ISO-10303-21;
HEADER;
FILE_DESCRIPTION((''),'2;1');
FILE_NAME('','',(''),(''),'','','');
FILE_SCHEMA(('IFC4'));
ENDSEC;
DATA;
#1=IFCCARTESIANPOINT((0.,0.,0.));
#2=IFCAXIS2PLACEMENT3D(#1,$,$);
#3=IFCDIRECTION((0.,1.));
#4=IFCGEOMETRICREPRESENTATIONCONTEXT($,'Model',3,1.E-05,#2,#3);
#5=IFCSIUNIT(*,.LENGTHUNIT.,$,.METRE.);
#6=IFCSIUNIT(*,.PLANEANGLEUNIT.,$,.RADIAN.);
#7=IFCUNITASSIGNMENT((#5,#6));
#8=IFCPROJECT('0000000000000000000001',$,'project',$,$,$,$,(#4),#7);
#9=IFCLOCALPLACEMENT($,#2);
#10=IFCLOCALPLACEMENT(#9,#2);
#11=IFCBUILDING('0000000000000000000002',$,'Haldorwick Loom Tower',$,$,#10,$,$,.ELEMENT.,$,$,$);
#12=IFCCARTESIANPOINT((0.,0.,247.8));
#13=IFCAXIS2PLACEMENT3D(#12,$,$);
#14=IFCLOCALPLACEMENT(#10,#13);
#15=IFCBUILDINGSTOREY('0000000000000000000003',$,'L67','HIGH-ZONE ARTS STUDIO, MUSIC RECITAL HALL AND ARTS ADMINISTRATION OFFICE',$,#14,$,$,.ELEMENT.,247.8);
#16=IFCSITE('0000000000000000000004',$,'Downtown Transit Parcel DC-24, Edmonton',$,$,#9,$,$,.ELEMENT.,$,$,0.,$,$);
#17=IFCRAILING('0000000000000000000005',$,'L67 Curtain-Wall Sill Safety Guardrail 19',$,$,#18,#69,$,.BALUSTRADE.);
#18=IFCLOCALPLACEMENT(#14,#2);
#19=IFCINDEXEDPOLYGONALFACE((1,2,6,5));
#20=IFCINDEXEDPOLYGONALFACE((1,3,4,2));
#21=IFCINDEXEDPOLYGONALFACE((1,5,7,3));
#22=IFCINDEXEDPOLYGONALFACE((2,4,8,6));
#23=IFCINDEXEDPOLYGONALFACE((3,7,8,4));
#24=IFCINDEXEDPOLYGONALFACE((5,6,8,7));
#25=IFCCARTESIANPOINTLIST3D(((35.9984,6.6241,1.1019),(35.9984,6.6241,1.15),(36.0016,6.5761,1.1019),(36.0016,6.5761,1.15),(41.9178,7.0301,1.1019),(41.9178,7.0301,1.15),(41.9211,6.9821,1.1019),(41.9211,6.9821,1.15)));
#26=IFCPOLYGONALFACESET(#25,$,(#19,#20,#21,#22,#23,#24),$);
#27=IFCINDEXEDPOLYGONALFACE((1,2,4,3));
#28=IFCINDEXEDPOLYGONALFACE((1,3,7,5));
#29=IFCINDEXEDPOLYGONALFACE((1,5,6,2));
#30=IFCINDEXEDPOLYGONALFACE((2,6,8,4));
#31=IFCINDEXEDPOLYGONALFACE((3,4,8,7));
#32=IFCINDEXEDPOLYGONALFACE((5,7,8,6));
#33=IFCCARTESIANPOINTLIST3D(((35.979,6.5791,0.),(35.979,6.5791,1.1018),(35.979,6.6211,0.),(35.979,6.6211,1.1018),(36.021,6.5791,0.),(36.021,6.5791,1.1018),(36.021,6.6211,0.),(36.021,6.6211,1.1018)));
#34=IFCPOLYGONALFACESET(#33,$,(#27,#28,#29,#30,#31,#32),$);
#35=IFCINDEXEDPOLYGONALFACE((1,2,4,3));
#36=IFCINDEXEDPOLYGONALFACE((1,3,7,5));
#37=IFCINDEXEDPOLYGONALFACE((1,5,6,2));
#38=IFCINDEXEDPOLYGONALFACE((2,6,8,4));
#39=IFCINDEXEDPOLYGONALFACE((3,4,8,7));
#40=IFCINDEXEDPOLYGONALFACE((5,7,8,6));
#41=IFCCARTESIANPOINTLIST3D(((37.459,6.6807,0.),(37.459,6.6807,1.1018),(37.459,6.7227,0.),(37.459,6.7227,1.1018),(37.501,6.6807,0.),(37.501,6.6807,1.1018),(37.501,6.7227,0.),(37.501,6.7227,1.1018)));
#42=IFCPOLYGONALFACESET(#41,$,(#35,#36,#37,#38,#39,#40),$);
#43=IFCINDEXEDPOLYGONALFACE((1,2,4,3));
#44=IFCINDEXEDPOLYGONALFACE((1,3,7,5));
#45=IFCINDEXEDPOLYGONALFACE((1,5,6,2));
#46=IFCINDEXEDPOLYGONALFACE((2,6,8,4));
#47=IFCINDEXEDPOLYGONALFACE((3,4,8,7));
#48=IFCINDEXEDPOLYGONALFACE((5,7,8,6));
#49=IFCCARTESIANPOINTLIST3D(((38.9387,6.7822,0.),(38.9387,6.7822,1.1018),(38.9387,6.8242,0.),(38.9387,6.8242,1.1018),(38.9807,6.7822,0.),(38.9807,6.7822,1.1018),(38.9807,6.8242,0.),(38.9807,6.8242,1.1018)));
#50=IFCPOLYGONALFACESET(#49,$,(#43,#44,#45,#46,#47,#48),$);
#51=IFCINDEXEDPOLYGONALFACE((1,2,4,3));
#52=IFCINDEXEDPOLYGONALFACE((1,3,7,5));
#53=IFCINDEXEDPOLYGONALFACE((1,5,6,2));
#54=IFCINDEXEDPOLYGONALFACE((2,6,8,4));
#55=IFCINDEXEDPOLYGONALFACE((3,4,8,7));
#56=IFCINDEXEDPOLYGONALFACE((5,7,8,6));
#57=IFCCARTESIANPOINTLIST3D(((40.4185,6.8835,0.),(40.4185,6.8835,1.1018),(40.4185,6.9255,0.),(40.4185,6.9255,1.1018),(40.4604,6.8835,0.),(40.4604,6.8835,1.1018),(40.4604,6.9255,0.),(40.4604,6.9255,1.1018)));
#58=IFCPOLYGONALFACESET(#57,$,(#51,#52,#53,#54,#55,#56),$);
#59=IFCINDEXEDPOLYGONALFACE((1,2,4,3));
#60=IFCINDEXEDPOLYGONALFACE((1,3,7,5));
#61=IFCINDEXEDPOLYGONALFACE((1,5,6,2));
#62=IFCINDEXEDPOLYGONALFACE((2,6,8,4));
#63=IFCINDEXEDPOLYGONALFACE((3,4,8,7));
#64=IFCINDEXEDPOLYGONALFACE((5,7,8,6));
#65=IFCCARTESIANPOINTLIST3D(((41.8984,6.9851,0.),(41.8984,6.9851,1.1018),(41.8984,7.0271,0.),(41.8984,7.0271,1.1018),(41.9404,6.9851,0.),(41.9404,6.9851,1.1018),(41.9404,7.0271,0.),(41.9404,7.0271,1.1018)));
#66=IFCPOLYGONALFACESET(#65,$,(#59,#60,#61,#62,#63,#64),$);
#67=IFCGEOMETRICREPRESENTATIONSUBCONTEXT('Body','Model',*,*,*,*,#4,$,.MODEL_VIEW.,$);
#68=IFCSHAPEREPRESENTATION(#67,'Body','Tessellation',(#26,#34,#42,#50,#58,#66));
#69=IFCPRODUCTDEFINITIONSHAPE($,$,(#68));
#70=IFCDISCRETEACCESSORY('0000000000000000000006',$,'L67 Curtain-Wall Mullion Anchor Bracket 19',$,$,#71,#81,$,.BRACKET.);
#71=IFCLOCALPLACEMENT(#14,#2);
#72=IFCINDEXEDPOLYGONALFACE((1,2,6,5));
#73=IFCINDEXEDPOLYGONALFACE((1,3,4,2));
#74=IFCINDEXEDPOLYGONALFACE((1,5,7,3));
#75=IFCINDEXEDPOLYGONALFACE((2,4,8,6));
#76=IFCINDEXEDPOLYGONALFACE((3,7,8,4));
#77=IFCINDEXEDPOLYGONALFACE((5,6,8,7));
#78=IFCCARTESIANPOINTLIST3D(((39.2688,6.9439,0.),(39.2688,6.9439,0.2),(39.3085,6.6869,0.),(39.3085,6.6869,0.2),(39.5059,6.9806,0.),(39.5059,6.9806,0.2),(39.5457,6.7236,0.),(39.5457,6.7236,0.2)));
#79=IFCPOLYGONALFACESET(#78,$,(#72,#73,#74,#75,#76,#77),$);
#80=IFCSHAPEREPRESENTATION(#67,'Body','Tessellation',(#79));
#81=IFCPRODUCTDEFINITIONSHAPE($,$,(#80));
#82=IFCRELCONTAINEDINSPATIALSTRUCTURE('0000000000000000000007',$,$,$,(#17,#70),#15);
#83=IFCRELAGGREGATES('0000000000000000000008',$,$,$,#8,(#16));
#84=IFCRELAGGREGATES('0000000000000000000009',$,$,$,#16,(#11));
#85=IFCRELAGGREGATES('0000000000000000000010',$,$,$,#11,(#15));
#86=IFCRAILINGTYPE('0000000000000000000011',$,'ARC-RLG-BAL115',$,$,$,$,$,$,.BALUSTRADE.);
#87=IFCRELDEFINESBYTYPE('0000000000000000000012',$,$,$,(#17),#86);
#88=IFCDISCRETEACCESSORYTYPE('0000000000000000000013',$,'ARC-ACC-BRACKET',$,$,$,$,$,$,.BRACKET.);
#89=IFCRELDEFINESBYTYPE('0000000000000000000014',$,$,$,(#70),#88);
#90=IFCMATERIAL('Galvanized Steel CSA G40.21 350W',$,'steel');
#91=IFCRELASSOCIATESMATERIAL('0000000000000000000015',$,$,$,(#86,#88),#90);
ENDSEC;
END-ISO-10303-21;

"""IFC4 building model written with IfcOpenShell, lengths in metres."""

from ifc_helpers import new_model, si_unit, direction, frame, origin, origin_2d, place, context, subcontext, project, spatial, rectangle, extrude, material, type_object, element, save


model = new_model("IFC4")

# Units and contexts
model_context = context("Model", 3, precision=1e-05, world=origin(), true_north=direction((0.0, 1.0)))
body_context = subcontext(model_context, "Body", "Model", "MODEL_VIEW")
ifc_project = project(units=[si_unit("LENGTHUNIT", "METRE"), si_unit("PLANEANGLEUNIT", "RADIAN")], contexts=[model_context])

# Site, building, storey
site_placement = place(None, origin())
site = spatial("IfcSite", under=ifc_project, at=site_placement, Name="Downtown Transit Parcel DC-24, Edmonton", CompositionType="ELEMENT", RefElevation=0.0)
building_placement = place(site_placement, origin())
building = spatial("IfcBuilding", under=site, at=building_placement, Name="Haldorwick Loom Tower", CompositionType="ELEMENT")
storey_placement = place(building_placement, frame((0.0, 0.0, 247.8)))
storey = spatial("IfcBuildingStorey", under=building, at=storey_placement, Name="L67", Description="HIGH-ZONE ARTS STUDIO, MUSIC RECITAL HALL AND ARTS ADMINISTRATION OFFICE", CompositionType="ELEMENT", Elevation=247.8)

# Railing
ifc_material_1 = material(Name="Galvanized Steel CSA G40.21 350W", Category="steel")
railing_type = type_object("IfcRailingType", Name="ARC-RLG-BAL115", PredefinedType="BALUSTRADE", material=ifc_material_1)
railing_placement = place(storey_placement, frame((36.0, 6.6001, 0.0)))
element("IfcRailing", 1, at=railing_placement, inside=storey, type_object=railing_type, Name="L67 Curtain-Wall Sill Safety Guardrail 19", PredefinedType="BALUSTRADE", context=body_context, shape_type="SweptSolid", body=[
    extrude(rectangle(XDim=0.0481, YDim=0.0481, at=origin_2d()), frame((0.0, 0.0, 1.126), z_axis=(0.997656, 0.068428, 0.0), x_axis=(-0.068428, 0.997656, 0.0)), (0.0, 0.0, 1.0), 5.9333),
    extrude(rectangle(XDim=0.042, YDim=0.042, at=origin_2d()), origin(), (0.0, 0.0, 1.0), 1.1018),
    extrude(rectangle(XDim=0.042, YDim=0.042, at=origin_2d()), frame((1.48, 0.1016, 0.0)), (0.0, 0.0, 1.0), 1.1018),
    extrude(rectangle(XDim=0.042, YDim=0.042, at=origin_2d()), frame((2.9597, 0.2031, 0.0)), (0.0, 0.0, 1.0), 1.1018),
    extrude(rectangle(XDim=0.042, YDim=0.042, at=origin_2d()), frame((4.4395, 0.3044, 0.0)), (0.0, 0.0, 1.0), 1.1018),
    extrude(rectangle(XDim=0.042, YDim=0.042, at=origin_2d()), frame((5.9194, 0.406, 0.0)), (0.0, 0.0, 1.0), 1.1018),
])

# Discrete accessory
discrete_accessory_type = type_object("IfcDiscreteAccessoryType", Name="ARC-ACC-BRACKET", PredefinedType="BRACKET", material=ifc_material_1)
discrete_accessory_placement = place(storey_placement, frame((39.4072, 6.8337, 0.0), z_axis=(0.0, 0.0, 1.0), x_axis=(0.152986, -0.988228, 0.0)))
element("IfcDiscreteAccessory", 2, at=discrete_accessory_placement, inside=storey, type_object=discrete_accessory_type, Name="L67 Curtain-Wall Mullion Anchor Bracket 19", PredefinedType="BRACKET", context=body_context, shape_type="SweptSolid", body=[
    extrude(rectangle(XDim=0.26, YDim=0.24, at=origin_2d()), origin(), (0.0, 0.0, 1.0), 0.2),
])

save(model, "model.ifc")
